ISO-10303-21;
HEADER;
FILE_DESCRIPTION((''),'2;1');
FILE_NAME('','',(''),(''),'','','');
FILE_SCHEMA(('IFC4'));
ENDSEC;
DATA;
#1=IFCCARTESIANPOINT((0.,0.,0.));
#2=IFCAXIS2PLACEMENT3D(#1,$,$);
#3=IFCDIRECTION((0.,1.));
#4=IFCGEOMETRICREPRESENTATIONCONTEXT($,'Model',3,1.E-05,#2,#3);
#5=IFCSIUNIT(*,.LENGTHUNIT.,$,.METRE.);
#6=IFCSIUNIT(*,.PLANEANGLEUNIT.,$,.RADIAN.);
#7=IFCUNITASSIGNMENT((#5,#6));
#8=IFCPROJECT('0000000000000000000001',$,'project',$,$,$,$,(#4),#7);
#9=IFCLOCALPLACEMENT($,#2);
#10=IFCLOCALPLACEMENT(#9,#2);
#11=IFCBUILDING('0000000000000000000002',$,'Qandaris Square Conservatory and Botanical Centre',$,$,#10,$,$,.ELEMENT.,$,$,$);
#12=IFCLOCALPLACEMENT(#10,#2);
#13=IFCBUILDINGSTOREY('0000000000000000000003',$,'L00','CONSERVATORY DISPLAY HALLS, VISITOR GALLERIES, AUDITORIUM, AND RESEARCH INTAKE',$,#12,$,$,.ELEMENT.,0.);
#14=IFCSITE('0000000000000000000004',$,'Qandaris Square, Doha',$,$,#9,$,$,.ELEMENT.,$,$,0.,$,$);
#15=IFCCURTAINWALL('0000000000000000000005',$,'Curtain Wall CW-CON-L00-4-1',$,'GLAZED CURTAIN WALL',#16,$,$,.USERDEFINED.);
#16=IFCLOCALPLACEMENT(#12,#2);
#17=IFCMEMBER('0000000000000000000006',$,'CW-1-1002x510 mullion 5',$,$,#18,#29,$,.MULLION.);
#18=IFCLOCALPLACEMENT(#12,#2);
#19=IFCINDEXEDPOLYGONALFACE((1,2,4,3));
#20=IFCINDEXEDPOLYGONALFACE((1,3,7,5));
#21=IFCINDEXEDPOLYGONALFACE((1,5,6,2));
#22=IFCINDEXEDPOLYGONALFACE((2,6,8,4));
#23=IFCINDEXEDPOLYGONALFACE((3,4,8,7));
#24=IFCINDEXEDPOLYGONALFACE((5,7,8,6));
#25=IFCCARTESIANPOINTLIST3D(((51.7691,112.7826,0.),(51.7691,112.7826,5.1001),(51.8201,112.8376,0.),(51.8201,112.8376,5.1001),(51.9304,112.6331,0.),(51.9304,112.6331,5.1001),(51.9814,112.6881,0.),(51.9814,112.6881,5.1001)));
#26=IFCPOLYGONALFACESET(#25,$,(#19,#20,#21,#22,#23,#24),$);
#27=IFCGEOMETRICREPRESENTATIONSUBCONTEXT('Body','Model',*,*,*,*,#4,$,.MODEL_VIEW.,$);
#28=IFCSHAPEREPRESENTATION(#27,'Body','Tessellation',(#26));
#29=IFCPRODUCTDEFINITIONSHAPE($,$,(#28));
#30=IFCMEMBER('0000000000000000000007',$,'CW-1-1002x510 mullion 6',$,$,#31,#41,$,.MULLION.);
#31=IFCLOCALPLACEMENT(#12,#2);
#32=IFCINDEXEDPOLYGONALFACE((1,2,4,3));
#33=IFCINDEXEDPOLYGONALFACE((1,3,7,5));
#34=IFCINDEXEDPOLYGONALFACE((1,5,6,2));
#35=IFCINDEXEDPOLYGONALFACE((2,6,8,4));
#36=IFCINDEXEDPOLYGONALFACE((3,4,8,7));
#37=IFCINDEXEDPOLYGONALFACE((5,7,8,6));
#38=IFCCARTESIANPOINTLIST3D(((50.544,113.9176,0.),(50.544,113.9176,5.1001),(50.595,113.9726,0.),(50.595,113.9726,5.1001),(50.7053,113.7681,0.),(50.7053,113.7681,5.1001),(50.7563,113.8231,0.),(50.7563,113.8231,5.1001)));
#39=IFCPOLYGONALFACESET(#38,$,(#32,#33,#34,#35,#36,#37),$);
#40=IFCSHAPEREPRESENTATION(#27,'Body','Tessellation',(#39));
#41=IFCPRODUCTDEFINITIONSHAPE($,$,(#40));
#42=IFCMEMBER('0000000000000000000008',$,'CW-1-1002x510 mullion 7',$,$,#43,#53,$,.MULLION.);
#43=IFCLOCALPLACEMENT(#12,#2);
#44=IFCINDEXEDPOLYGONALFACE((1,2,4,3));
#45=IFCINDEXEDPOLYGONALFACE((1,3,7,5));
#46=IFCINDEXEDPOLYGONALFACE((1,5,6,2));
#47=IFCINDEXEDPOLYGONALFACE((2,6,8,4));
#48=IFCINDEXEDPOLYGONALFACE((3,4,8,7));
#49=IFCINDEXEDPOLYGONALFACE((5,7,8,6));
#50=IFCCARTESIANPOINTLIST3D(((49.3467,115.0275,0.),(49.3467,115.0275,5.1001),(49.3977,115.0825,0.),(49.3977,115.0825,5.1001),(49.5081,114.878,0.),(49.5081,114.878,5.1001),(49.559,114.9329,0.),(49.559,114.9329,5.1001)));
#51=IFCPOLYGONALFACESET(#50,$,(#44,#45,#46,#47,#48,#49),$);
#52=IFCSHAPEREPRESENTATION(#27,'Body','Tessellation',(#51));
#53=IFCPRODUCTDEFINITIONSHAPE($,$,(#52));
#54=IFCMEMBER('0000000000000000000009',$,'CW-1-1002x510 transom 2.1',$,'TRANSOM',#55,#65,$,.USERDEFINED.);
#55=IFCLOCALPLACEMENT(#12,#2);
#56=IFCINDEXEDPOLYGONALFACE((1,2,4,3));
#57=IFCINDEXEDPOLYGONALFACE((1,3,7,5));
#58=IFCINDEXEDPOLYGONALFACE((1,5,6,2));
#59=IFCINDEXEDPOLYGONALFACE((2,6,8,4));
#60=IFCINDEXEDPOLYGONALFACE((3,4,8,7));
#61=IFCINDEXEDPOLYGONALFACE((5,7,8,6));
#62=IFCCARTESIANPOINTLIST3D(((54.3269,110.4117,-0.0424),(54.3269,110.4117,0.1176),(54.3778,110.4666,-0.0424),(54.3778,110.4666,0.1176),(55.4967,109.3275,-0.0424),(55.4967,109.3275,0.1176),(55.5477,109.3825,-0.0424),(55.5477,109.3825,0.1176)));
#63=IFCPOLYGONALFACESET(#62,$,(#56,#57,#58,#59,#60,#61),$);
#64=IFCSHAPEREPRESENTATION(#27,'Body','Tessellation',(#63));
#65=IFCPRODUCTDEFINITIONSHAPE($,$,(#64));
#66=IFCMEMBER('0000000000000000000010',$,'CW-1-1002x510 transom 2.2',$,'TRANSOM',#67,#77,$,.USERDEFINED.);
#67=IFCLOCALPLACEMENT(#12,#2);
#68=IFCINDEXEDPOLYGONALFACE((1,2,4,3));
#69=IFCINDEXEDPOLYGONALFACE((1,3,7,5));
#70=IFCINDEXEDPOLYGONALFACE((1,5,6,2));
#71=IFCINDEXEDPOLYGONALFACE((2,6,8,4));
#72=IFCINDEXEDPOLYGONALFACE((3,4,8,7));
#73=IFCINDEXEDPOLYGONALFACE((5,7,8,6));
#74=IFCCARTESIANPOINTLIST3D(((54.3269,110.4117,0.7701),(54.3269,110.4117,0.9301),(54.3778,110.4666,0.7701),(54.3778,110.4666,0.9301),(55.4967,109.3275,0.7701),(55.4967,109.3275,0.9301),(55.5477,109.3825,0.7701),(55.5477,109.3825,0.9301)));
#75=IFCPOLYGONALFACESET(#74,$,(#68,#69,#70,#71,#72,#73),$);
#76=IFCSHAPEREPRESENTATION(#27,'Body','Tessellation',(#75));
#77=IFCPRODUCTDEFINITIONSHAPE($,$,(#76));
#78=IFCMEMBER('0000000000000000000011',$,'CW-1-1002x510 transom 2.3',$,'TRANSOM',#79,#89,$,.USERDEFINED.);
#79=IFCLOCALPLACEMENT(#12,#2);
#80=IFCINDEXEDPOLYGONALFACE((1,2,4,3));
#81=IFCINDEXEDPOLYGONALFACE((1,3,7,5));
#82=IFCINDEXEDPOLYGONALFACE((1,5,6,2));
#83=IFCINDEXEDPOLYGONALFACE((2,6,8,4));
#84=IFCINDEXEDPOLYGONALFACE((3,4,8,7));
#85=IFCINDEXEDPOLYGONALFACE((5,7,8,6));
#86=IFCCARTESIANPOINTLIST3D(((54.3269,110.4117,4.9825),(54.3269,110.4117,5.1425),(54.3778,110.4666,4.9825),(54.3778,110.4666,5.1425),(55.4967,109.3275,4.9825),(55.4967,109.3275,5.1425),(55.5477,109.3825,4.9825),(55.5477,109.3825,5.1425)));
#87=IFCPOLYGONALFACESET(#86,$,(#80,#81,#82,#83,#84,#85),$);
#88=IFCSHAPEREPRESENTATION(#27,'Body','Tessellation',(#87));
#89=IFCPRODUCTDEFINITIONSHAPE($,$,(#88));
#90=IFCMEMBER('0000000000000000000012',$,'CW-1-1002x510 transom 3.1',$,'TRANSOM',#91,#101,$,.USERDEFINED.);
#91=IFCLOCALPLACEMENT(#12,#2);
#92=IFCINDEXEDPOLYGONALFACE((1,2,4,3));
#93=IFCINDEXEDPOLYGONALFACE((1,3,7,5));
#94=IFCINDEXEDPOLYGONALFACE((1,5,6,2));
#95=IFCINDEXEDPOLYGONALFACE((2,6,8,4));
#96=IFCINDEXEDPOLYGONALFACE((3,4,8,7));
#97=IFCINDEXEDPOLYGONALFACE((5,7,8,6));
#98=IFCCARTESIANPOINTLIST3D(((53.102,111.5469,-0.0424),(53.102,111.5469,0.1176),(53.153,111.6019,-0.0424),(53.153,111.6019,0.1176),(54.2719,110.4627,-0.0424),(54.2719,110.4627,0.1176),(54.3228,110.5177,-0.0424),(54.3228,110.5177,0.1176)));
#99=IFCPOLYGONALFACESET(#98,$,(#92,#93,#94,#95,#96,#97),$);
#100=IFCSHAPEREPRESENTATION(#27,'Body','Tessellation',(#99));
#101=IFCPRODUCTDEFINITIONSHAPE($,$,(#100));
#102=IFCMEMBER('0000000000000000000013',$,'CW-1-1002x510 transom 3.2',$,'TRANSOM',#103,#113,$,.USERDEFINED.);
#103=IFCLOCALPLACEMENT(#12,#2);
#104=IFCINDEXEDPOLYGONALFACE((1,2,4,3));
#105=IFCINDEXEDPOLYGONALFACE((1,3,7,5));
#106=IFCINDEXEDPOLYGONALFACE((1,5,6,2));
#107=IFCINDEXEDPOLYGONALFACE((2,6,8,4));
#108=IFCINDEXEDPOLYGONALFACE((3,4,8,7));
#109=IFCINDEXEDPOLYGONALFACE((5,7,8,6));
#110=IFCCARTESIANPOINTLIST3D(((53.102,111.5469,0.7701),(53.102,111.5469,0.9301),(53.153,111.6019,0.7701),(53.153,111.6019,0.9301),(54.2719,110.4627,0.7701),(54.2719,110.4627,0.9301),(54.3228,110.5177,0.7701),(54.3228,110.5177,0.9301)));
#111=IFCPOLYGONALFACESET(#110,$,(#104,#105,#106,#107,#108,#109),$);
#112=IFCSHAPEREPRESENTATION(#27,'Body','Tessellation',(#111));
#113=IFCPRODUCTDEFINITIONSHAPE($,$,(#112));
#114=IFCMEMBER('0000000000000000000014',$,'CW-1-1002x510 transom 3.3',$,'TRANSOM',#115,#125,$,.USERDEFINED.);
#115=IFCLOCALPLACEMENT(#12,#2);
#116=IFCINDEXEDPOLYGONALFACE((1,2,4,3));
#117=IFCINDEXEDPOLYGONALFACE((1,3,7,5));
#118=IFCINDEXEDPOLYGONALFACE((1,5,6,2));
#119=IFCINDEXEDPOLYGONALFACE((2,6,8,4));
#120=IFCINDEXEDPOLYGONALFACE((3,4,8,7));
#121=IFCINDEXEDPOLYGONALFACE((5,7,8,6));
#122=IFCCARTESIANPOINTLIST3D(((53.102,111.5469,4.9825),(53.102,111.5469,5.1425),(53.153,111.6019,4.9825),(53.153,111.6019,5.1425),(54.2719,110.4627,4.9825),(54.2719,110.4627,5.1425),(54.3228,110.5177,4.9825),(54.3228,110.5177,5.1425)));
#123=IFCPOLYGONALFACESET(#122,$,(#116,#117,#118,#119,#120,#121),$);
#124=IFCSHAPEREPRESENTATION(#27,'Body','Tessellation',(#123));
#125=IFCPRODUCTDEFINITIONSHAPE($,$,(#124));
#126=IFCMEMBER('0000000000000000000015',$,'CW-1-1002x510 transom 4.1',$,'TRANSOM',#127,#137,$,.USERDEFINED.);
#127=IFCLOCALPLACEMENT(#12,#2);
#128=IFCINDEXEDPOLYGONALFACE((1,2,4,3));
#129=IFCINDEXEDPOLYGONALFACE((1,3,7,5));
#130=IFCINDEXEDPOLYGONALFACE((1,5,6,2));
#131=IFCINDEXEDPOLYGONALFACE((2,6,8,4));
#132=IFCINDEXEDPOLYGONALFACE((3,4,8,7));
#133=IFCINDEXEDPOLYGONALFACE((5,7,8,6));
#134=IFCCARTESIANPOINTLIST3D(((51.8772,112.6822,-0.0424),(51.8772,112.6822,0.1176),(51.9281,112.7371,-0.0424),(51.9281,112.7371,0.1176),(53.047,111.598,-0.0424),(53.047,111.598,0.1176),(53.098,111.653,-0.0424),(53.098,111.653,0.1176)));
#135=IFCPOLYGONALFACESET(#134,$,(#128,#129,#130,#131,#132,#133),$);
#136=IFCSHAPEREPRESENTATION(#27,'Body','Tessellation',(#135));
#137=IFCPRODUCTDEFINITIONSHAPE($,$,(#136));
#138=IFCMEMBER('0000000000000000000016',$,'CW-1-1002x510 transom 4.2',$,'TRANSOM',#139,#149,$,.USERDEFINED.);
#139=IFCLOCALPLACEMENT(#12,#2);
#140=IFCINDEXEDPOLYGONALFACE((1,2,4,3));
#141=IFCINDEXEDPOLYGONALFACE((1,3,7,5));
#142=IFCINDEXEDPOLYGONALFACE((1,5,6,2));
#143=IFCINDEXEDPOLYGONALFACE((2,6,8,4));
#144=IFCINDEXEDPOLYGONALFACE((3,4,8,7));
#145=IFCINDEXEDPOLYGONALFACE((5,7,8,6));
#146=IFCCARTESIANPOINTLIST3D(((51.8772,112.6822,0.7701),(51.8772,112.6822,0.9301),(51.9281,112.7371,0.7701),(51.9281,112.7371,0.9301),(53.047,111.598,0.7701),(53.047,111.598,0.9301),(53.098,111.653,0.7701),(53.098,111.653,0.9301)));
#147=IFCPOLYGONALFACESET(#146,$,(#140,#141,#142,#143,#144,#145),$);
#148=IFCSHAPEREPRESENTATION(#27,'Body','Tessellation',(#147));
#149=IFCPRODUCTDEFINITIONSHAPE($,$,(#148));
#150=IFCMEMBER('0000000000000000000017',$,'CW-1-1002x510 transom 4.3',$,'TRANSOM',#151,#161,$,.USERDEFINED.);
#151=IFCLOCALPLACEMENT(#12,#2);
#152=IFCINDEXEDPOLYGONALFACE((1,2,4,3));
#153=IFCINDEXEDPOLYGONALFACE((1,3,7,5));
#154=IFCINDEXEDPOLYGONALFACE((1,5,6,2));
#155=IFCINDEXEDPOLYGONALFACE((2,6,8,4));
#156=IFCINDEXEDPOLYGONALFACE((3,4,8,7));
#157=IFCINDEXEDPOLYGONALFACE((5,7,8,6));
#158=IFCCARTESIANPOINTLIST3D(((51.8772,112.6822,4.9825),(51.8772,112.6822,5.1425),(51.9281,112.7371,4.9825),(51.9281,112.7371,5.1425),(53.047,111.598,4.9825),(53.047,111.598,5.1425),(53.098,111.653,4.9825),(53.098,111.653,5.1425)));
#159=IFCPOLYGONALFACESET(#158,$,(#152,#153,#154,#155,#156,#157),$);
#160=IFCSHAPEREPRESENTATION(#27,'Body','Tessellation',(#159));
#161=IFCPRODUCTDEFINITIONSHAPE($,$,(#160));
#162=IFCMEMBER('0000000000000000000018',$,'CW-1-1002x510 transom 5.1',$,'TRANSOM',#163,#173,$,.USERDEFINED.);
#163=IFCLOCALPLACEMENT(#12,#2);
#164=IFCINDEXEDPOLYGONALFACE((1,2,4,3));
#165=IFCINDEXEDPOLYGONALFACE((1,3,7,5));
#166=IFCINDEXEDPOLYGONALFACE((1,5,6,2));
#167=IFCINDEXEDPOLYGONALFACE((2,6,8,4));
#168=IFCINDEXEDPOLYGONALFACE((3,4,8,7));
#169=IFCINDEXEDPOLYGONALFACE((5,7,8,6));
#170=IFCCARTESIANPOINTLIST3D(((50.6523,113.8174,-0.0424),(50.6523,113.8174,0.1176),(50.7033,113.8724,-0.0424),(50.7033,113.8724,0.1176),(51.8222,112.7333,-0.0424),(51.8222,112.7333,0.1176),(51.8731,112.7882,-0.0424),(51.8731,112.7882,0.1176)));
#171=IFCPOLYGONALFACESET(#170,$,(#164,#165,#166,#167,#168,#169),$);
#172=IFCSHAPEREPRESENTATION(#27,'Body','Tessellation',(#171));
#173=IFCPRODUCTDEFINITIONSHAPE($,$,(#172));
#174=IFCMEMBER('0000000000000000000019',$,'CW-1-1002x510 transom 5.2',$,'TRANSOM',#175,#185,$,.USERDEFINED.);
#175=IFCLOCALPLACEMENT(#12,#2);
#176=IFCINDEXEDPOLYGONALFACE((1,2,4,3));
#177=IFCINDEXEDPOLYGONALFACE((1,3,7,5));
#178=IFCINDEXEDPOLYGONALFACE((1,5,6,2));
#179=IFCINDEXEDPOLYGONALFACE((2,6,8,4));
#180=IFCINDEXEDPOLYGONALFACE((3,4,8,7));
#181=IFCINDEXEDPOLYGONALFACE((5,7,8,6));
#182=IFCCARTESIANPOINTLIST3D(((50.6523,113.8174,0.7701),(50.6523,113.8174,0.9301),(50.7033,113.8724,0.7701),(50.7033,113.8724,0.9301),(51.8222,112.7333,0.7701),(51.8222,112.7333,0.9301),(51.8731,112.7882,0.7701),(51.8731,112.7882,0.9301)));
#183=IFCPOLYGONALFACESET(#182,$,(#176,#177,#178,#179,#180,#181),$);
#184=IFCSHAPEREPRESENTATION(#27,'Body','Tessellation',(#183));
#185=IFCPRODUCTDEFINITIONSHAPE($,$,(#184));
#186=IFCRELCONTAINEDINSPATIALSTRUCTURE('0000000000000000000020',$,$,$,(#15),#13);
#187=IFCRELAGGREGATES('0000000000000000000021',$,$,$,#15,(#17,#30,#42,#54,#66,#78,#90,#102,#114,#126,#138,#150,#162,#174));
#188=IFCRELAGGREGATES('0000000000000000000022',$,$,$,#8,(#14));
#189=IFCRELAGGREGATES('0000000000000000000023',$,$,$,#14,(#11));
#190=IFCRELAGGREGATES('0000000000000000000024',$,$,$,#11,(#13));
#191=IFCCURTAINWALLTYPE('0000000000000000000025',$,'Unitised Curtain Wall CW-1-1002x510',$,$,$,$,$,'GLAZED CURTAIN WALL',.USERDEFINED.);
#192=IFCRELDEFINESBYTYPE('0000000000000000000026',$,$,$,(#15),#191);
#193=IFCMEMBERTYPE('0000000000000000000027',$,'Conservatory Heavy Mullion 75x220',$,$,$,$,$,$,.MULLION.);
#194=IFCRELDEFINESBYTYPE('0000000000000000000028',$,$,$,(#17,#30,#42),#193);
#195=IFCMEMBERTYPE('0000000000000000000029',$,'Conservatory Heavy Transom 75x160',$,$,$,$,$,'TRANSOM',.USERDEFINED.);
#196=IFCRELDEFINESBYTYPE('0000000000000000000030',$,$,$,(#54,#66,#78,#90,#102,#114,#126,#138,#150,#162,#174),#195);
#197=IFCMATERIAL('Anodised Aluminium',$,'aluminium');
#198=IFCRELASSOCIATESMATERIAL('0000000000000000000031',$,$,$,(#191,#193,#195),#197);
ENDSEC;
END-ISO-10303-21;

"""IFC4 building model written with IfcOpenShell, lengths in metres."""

from ifc_helpers import new_model, si_unit, direction, frame, origin, origin_2d, place, context, subcontext, project, spatial, rectangle, extrude, material, material_profile, profile_set, type_object, element, aggregate, save


model = new_model("IFC4")

# Units and contexts
model_context = context("Model", 3, precision=1e-05, world=origin(), true_north=direction((0.0, 1.0)))
body_context = subcontext(model_context, "Body", "Model", "MODEL_VIEW")
ifc_project = project(units=[si_unit("LENGTHUNIT", "METRE"), si_unit("PLANEANGLEUNIT", "RADIAN")], contexts=[model_context])

# Site, building, storey
site_placement = place(None, origin())
site = spatial("IfcSite", under=ifc_project, at=site_placement, Name="Qandaris Square, Doha", CompositionType="ELEMENT", RefElevation=0.0)
building_placement = place(site_placement, origin())
building = spatial("IfcBuilding", under=site, at=building_placement, Name="Qandaris Square Conservatory and Botanical Centre", CompositionType="ELEMENT")
storey_placement = place(building_placement, origin())
storey = spatial("IfcBuildingStorey", under=building, at=storey_placement, Name="L00", Description="CONSERVATORY DISPLAY HALLS, VISITOR GALLERIES, AUDITORIUM, AND RESEARCH INTAKE", CompositionType="ELEMENT", Elevation=0.0)

# Curtain wall, members
ifc_material_1 = material(Name="Anodised Aluminium", Category="aluminium")
curtain_wall_type = type_object("IfcCurtainWallType", Name="Unitised Curtain Wall CW-1-1002x510", ElementType="GLAZED CURTAIN WALL", PredefinedType="USERDEFINED", material=ifc_material_1)
curtain_wall_placement = place(storey_placement, origin())
curtain_wall = element("IfcCurtainWall", 1, at=curtain_wall_placement, inside=storey, type_object=curtain_wall_type, Name="Curtain Wall CW-CON-L00-4-1", ObjectType="GLAZED CURTAIN WALL", PredefinedType="USERDEFINED")
ifc_material_profile_1 = material_profile(ifc_material_1, rectangle(XDim=0.075, YDim=0.22, at=origin_2d()), Name="ALU-MUL 75x220")
ifc_profile_set_1 = profile_set([ifc_material_profile_1], Name="Anodised Aluminium")
member_type_1 = type_object("IfcMemberType", Name="Conservatory Heavy Mullion 75x220", PredefinedType="MULLION", material=ifc_profile_set_1)
member_1_placement = place(storey_placement, frame((51.8752, 112.7354, 0.0), z_axis=(0.0, 0.0, 1.0), x_axis=(-0.679762, -0.733433, 0.0)))
member_1 = element("IfcMember", 2, at=member_1_placement, type_object=member_type_1, Name="CW-1-1002x510 mullion 5", PredefinedType="MULLION", context=body_context, shape_type="SweptSolid", body=[
    extrude(rectangle(XDim=0.075, YDim=0.22, at=origin_2d()), origin(), (0.0, 0.0, 1.0), 5.1001),
])
member_2_placement = place(storey_placement, frame((50.6501, 113.8704, 0.0), z_axis=(0.0, 0.0, 1.0), x_axis=(-0.679762, -0.733433, 0.0)))
member_2 = element("IfcMember", 3, at=member_2_placement, type_object=member_type_1, Name="CW-1-1002x510 mullion 6", PredefinedType="MULLION", context=body_context, shape_type="SweptSolid", body=[
    extrude(rectangle(XDim=0.075, YDim=0.22, at=origin_2d()), origin(), (0.0, 0.0, 1.0), 5.1001),
])
member_3_placement = place(storey_placement, frame((49.4529, 114.9802, 0.0), z_axis=(0.0, 0.0, 1.0), x_axis=(-0.679762, -0.733433, 0.0)))
member_3 = element("IfcMember", 4, at=member_3_placement, type_object=member_type_1, Name="CW-1-1002x510 mullion 7", PredefinedType="MULLION", context=body_context, shape_type="SweptSolid", body=[
    extrude(rectangle(XDim=0.075, YDim=0.22, at=origin_2d()), origin(), (0.0, 0.0, 1.0), 5.1001),
])
ifc_material_profile_2 = material_profile(ifc_material_1, rectangle(XDim=0.075, YDim=0.1599, at=origin_2d()), Name="ALU-TRN 75x160")
ifc_profile_set_2 = profile_set([ifc_material_profile_2], Name="Anodised Aluminium")
member_type_2 = type_object("IfcMemberType", Name="Conservatory Heavy Transom 75x160", ElementType="TRANSOM", PredefinedType="USERDEFINED", material=ifc_profile_set_2)
member_4_placement = place(storey_placement, frame((55.5222, 109.355, 0.0376), z_axis=(-0.733458, 0.679735, 0.0), x_axis=(-0.679735, -0.733458, 0.0)))
member_4 = element("IfcMember", 5, at=member_4_placement, type_object=member_type_2, Name="CW-1-1002x510 transom 2.1", ObjectType="TRANSOM", PredefinedType="USERDEFINED", context=body_context, shape_type="SweptSolid", body=[
    extrude(rectangle(XDim=0.075, YDim=0.1599, at=origin_2d()), origin(), (0.0, 0.0, 1.0), 1.595),
])
member_5_placement = place(storey_placement, frame((55.5222, 109.355, 0.8501), z_axis=(-0.733458, 0.679735, 0.0), x_axis=(-0.679735, -0.733458, 0.0)))
member_5 = element("IfcMember", 6, at=member_5_placement, type_object=member_type_2, Name="CW-1-1002x510 transom 2.2", ObjectType="TRANSOM", PredefinedType="USERDEFINED", context=body_context, shape_type="SweptSolid", body=[
    extrude(rectangle(XDim=0.075, YDim=0.1599, at=origin_2d()), origin(), (0.0, 0.0, 1.0), 1.595),
])
member_6_placement = place(storey_placement, frame((55.5222, 109.355, 5.0625), z_axis=(-0.733458, 0.679735, 0.0), x_axis=(-0.679735, -0.733458, 0.0)))
member_6 = element("IfcMember", 7, at=member_6_placement, type_object=member_type_2, Name="CW-1-1002x510 transom 2.3", ObjectType="TRANSOM", PredefinedType="USERDEFINED", context=body_context, shape_type="SweptSolid", body=[
    extrude(rectangle(XDim=0.075, YDim=0.1599, at=origin_2d()), origin(), (0.0, 0.0, 1.0), 1.595),
])
member_7_placement = place(storey_placement, frame((54.2974, 110.4902, 0.0376), z_axis=(-0.733458, 0.679735, 0.0), x_axis=(-0.679735, -0.733458, 0.0)))
member_7 = element("IfcMember", 8, at=member_7_placement, type_object=member_type_2, Name="CW-1-1002x510 transom 3.1", ObjectType="TRANSOM", PredefinedType="USERDEFINED", context=body_context, shape_type="SweptSolid", body=[
    extrude(rectangle(XDim=0.075, YDim=0.1599, at=origin_2d()), origin(), (0.0, 0.0, 1.0), 1.595),
])
member_8_placement = place(storey_placement, frame((54.2974, 110.4902, 0.8501), z_axis=(-0.733458, 0.679735, 0.0), x_axis=(-0.679735, -0.733458, 0.0)))
member_8 = element("IfcMember", 9, at=member_8_placement, type_object=member_type_2, Name="CW-1-1002x510 transom 3.2", ObjectType="TRANSOM", PredefinedType="USERDEFINED", context=body_context, shape_type="SweptSolid", body=[
    extrude(rectangle(XDim=0.075, YDim=0.1599, at=origin_2d()), origin(), (0.0, 0.0, 1.0), 1.595),
])
member_9_placement = place(storey_placement, frame((54.2974, 110.4902, 5.0625), z_axis=(-0.733458, 0.679735, 0.0), x_axis=(-0.679735, -0.733458, 0.0)))
member_9 = element("IfcMember", 10, at=member_9_placement, type_object=member_type_2, Name="CW-1-1002x510 transom 3.3", ObjectType="TRANSOM", PredefinedType="USERDEFINED", context=body_context, shape_type="SweptSolid", body=[
    extrude(rectangle(XDim=0.075, YDim=0.1599, at=origin_2d()), origin(), (0.0, 0.0, 1.0), 1.595),
])
member_10_placement = place(storey_placement, frame((53.0725, 111.6255, 0.0376), z_axis=(-0.733458, 0.679735, 0.0), x_axis=(-0.679735, -0.733458, 0.0)))
member_10 = element("IfcMember", 11, at=member_10_placement, type_object=member_type_2, Name="CW-1-1002x510 transom 4.1", ObjectType="TRANSOM", PredefinedType="USERDEFINED", context=body_context, shape_type="SweptSolid", body=[
    extrude(rectangle(XDim=0.075, YDim=0.1599, at=origin_2d()), origin(), (0.0, 0.0, 1.0), 1.595),
])
member_11_placement = place(storey_placement, frame((53.0725, 111.6255, 0.8501), z_axis=(-0.733458, 0.679735, 0.0), x_axis=(-0.679735, -0.733458, 0.0)))
member_11 = element("IfcMember", 12, at=member_11_placement, type_object=member_type_2, Name="CW-1-1002x510 transom 4.2", ObjectType="TRANSOM", PredefinedType="USERDEFINED", context=body_context, shape_type="SweptSolid", body=[
    extrude(rectangle(XDim=0.075, YDim=0.1599, at=origin_2d()), origin(), (0.0, 0.0, 1.0), 1.595),
])
member_12_placement = place(storey_placement, frame((53.0725, 111.6255, 5.0625), z_axis=(-0.733458, 0.679735, 0.0), x_axis=(-0.679735, -0.733458, 0.0)))
member_12 = element("IfcMember", 13, at=member_12_placement, type_object=member_type_2, Name="CW-1-1002x510 transom 4.3", ObjectType="TRANSOM", PredefinedType="USERDEFINED", context=body_context, shape_type="SweptSolid", body=[
    extrude(rectangle(XDim=0.075, YDim=0.1599, at=origin_2d()), origin(), (0.0, 0.0, 1.0), 1.595),
])
member_13_placement = place(storey_placement, frame((51.8477, 112.7607, 0.0376), z_axis=(-0.733458, 0.679735, 0.0), x_axis=(-0.679735, -0.733458, 0.0)))
member_13 = element("IfcMember", 14, at=member_13_placement, type_object=member_type_2, Name="CW-1-1002x510 transom 5.1", ObjectType="TRANSOM", PredefinedType="USERDEFINED", context=body_context, shape_type="SweptSolid", body=[
    extrude(rectangle(XDim=0.075, YDim=0.1599, at=origin_2d()), origin(), (0.0, 0.0, 1.0), 1.595),
])
member_14_placement = place(storey_placement, frame((51.8477, 112.7607, 0.8501), z_axis=(-0.733458, 0.679735, 0.0), x_axis=(-0.679735, -0.733458, 0.0)))
member_14 = element("IfcMember", 15, at=member_14_placement, type_object=member_type_2, Name="CW-1-1002x510 transom 5.2", ObjectType="TRANSOM", PredefinedType="USERDEFINED", context=body_context, shape_type="SweptSolid", body=[
    extrude(rectangle(XDim=0.075, YDim=0.1599, at=origin_2d()), origin(), (0.0, 0.0, 1.0), 1.595),
])
aggregate(curtain_wall, [member_1, member_2, member_3, member_4, member_5, member_6, member_7, member_8, member_9, member_10, member_11, member_12, member_13, member_14])

save(model, "model.ifc")
